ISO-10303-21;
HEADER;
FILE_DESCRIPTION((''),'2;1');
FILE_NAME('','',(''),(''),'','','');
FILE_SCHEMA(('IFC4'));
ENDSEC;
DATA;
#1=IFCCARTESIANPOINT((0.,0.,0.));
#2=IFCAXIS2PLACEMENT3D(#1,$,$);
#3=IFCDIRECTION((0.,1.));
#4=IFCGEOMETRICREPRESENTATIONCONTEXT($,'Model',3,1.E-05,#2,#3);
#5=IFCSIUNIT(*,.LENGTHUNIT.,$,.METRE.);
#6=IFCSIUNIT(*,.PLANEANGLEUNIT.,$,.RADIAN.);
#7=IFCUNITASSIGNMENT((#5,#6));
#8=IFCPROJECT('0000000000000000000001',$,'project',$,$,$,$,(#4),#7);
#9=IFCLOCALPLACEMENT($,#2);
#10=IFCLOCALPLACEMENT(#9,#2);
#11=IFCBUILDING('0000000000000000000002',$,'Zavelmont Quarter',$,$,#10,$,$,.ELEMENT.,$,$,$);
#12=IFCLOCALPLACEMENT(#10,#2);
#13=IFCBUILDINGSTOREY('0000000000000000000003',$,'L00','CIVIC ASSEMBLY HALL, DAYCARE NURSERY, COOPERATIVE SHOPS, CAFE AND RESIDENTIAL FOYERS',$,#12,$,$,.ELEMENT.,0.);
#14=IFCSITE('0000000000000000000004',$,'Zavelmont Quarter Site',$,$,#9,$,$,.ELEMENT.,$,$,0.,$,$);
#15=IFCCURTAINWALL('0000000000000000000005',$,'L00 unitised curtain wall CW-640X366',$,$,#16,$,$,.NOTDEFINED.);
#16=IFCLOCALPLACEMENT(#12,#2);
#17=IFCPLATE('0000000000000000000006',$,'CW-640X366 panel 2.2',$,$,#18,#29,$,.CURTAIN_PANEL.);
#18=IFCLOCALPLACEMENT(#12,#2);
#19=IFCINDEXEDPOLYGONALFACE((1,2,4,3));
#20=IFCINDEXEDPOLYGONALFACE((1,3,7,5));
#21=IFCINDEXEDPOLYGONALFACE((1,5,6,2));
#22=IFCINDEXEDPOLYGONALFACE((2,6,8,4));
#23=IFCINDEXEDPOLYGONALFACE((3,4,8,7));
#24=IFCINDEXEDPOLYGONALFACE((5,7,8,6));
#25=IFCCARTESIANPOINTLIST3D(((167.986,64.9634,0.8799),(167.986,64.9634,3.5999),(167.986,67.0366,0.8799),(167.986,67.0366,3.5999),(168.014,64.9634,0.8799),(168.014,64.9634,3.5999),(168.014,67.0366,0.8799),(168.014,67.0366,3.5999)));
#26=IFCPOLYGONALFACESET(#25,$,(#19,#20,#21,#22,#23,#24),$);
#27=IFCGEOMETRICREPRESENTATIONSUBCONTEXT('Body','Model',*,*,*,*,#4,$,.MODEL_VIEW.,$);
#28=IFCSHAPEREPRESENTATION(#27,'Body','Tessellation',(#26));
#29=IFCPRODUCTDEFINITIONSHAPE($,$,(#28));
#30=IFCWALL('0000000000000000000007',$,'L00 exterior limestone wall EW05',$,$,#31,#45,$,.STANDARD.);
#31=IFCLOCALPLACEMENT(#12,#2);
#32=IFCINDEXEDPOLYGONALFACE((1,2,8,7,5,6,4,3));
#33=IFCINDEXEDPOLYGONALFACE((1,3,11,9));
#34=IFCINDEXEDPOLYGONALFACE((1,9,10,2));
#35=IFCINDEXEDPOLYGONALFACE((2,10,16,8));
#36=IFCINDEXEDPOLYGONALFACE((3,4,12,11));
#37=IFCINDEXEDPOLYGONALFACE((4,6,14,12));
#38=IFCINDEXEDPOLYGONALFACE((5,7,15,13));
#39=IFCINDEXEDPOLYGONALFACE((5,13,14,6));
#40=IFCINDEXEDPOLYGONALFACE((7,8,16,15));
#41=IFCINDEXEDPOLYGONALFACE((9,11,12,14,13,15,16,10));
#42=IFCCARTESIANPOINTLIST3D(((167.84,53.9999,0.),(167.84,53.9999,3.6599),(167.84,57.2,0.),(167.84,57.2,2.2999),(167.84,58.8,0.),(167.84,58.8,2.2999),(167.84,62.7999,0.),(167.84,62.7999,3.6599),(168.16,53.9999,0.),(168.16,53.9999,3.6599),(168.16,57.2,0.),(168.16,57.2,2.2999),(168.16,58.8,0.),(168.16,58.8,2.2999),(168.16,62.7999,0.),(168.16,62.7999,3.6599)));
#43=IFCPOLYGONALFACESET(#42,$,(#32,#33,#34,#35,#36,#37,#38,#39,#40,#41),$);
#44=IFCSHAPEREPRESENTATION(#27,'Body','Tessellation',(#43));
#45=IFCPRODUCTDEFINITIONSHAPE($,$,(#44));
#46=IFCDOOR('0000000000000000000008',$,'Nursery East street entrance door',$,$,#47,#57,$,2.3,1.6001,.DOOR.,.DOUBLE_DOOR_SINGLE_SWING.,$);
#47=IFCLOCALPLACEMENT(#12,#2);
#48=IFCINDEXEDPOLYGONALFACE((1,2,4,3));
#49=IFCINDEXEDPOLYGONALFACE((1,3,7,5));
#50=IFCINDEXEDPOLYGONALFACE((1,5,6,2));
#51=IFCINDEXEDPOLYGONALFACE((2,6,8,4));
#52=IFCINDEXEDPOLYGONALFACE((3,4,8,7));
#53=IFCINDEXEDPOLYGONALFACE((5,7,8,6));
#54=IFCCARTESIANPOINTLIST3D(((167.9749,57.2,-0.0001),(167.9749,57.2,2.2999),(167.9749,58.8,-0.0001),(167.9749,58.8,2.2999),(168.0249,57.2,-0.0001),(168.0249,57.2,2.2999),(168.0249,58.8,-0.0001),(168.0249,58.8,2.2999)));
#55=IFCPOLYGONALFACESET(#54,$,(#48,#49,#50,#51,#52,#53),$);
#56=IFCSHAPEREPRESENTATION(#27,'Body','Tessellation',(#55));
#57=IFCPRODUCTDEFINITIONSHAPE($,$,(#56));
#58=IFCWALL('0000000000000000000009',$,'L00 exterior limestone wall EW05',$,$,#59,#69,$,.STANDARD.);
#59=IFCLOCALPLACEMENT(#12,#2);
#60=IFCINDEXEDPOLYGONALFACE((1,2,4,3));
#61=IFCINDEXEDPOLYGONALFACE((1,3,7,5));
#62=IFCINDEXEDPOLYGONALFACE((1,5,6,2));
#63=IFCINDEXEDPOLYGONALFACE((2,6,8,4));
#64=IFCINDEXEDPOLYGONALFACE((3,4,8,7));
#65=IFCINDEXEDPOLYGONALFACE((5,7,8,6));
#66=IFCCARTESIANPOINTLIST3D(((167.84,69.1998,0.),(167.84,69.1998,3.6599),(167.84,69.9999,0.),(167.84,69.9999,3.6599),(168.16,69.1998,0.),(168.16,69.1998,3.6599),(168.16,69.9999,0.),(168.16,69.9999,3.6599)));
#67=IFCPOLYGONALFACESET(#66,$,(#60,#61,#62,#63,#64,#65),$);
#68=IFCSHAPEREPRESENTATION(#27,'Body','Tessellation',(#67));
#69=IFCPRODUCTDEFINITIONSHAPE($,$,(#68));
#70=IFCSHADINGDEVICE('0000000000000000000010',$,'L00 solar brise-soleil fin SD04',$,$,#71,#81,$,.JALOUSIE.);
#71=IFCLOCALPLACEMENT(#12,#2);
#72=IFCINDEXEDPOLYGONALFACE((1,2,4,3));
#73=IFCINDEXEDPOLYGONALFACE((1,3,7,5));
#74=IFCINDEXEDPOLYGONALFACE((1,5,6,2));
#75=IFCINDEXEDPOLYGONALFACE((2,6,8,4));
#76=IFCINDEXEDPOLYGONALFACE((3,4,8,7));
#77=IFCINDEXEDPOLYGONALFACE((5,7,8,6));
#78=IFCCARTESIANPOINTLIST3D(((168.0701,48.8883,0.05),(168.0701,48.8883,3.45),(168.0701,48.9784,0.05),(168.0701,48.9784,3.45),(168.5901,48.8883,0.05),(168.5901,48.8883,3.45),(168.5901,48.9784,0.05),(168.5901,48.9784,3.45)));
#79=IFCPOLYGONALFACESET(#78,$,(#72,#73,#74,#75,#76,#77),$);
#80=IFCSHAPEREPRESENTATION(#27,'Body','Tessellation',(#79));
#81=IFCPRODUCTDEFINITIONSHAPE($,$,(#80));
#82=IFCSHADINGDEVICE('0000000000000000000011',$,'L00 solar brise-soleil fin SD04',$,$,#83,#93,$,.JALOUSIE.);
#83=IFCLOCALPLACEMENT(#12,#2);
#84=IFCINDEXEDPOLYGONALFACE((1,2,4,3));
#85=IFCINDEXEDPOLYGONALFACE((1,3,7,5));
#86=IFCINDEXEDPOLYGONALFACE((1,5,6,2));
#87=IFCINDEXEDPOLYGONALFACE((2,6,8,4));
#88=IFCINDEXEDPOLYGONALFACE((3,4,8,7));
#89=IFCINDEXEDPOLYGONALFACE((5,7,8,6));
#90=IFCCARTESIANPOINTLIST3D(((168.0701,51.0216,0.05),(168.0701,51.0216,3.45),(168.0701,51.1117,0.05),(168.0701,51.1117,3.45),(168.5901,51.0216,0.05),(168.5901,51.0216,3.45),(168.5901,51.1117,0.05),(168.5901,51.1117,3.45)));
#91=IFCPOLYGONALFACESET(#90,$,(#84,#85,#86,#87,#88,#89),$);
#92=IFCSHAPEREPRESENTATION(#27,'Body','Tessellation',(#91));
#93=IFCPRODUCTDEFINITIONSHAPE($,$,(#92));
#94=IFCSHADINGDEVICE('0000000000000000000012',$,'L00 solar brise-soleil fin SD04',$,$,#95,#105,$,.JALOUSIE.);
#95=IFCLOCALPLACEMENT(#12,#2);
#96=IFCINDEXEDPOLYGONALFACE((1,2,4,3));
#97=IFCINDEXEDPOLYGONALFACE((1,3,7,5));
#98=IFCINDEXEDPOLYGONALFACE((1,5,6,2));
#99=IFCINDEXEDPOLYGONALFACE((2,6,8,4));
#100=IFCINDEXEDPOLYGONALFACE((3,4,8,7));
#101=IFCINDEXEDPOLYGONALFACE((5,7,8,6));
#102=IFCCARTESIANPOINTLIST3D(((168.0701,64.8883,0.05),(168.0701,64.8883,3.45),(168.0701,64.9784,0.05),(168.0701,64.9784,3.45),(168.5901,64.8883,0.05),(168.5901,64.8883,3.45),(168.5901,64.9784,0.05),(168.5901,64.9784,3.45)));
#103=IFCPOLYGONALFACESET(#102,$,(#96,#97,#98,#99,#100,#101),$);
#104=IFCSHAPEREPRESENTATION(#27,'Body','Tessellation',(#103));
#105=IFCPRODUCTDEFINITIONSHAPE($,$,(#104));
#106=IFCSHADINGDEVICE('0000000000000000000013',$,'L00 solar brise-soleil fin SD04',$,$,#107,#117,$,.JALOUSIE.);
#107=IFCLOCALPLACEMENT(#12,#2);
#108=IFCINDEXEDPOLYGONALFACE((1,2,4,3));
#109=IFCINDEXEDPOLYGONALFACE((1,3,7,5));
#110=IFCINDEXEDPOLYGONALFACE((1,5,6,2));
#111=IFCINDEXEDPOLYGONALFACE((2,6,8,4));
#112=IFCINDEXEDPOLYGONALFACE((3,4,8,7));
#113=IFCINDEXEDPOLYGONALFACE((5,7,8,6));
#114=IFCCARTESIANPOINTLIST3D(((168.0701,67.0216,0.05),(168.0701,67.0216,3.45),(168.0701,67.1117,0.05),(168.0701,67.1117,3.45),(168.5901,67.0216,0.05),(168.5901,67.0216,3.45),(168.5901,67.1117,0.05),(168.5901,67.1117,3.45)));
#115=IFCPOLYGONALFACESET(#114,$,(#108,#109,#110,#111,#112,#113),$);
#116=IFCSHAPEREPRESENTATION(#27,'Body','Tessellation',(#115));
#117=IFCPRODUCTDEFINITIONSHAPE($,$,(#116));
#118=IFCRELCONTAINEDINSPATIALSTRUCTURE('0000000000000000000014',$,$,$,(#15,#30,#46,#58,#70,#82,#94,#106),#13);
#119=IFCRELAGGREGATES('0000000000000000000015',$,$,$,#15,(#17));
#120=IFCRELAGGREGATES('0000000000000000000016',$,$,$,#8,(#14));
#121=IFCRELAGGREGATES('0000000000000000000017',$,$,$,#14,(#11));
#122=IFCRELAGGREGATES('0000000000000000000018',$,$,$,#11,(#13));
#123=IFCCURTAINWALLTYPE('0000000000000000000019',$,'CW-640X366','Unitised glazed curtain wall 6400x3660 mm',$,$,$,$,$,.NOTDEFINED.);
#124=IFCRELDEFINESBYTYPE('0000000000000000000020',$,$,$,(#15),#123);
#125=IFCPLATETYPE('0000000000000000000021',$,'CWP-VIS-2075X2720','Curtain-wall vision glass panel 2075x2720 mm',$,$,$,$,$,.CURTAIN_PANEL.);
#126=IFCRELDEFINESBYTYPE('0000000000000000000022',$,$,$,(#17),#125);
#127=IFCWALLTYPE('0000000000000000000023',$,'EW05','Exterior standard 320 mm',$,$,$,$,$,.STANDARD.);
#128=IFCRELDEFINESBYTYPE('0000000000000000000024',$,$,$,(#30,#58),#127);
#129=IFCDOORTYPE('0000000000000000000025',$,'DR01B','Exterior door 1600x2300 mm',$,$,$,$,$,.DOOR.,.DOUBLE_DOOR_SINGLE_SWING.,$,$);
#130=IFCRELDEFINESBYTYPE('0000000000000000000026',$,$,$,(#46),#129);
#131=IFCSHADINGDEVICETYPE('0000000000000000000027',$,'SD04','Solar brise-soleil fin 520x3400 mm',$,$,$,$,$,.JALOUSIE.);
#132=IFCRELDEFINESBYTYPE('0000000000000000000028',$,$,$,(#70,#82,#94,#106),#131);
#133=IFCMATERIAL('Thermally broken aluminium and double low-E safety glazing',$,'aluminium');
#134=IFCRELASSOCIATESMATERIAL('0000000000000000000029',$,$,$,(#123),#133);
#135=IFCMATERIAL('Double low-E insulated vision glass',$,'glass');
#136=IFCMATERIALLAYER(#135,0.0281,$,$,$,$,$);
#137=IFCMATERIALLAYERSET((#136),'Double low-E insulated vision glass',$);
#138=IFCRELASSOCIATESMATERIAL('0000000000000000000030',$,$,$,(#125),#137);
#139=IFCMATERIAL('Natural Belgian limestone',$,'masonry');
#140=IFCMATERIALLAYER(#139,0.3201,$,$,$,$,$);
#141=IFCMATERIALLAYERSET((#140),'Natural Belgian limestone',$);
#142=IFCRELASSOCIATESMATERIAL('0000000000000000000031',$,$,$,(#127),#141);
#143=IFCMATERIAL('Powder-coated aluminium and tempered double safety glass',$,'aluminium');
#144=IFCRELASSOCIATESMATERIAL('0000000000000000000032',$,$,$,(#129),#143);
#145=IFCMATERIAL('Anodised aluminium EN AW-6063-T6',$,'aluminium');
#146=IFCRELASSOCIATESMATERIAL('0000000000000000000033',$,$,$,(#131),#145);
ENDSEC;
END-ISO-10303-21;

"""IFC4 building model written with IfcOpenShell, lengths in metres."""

from ifc_helpers import new_model, si_unit, direction, frame, frame_2d, origin, origin_2d, place, context, subcontext, project, spatial, rectangle, extrude, material, layer, layer_set, type_object, element, fill, aggregate, save


model = new_model("IFC4")

# Units and contexts
model_context = context("Model", 3, precision=1e-05, world=origin(), true_north=direction((0.0, 1.0)))
body_context = subcontext(model_context, "Body", "Model", "MODEL_VIEW")
ifc_project = project(units=[si_unit("LENGTHUNIT", "METRE"), si_unit("PLANEANGLEUNIT", "RADIAN")], contexts=[model_context])

# Site, building, storey
site_placement = place(None, origin())
site = spatial("IfcSite", under=ifc_project, at=site_placement, Name="Zavelmont Quarter Site", CompositionType="ELEMENT", RefElevation=0.0)
building_placement = place(site_placement, origin())
building = spatial("IfcBuilding", under=site, at=building_placement, Name="Zavelmont Quarter", CompositionType="ELEMENT")
storey_placement = place(building_placement, origin())
storey = spatial("IfcBuildingStorey", under=building, at=storey_placement, Name="L00", Description="CIVIC ASSEMBLY HALL, DAYCARE NURSERY, COOPERATIVE SHOPS, CAFE AND RESIDENTIAL FOYERS", CompositionType="ELEMENT", Elevation=0.0)

# Curtain wall, plate
ifc_material_1 = material(Name="Thermally broken aluminium and double low-E safety glazing", Category="aluminium")
curtain_wall_type = type_object("IfcCurtainWallType", Name="CW-640X366", Description="Unitised glazed curtain wall 6400x3660 mm", PredefinedType="NOTDEFINED", material=ifc_material_1)
curtain_wall_placement = place(storey_placement, origin())
curtain_wall = element("IfcCurtainWall", 1, at=curtain_wall_placement, inside=storey, type_object=curtain_wall_type, Name="L00 unitised curtain wall CW-640X366", PredefinedType="NOTDEFINED")
ifc_material_2 = material(Name="Double low-E insulated vision glass", Category="glass")
ifc_layer_1 = layer(ifc_material_2, 0.0281)
ifc_layer_set_1 = layer_set([ifc_layer_1], Name="Double low-E insulated vision glass")
plate_type_1 = type_object("IfcPlateType", Name="CWP-VIS-2075X2720", Description="Curtain-wall vision glass panel 2075x2720 mm", PredefinedType="CURTAIN_PANEL", material=ifc_layer_set_1)
plate_1_placement = place(storey_placement, frame((168.0, 66.0, 0.8799), z_axis=(0.0, 0.0, 1.0), x_axis=(0.0, 1.0, 0.0)))
plate_1 = element("IfcPlate", 2, at=plate_1_placement, type_object=plate_type_1, Name="CW-640X366 panel 2.2", PredefinedType="CURTAIN_PANEL", context=body_context, shape_type="SweptSolid", body=[
    extrude(rectangle(XDim=2.0732, YDim=0.0281, at=origin_2d()), origin(), (0.0, 0.0, 1.0), 2.72),
])
aggregate(curtain_wall, [plate_1])

# Wall, opening, door
ifc_material_3 = material(Name="Natural Belgian limestone", Category="masonry")
ifc_layer_2 = layer(ifc_material_3, 0.3201)
ifc_layer_set_2 = layer_set([ifc_layer_2], Name="Natural Belgian limestone")
wall_type = type_object("IfcWallType", Name="EW05", Description="Exterior standard 320 mm", PredefinedType="STANDARD", material=ifc_layer_set_2)
wall_1_placement = place(storey_placement, frame((168.0, 54.0, 0.0), z_axis=(0.0, 0.0, 1.0), x_axis=(0.0, 1.0, 0.0)))
wall_1 = element("IfcWall", 3, at=wall_1_placement, inside=storey, type_object=wall_type, Name="L00 exterior limestone wall EW05", PredefinedType="STANDARD", context=body_context, shape_type="SweptSolid", body=[
    extrude(rectangle(XDim=8.8, YDim=0.3201, at=frame_2d((4.3999, 0.0))), origin(), (0.0, 0.0, 1.0), 3.6599),
])
opening_placement = place(wall_1_placement, frame((3.2, 0.0, 0.0)))
opening = element("IfcOpeningElement", 4, at=opening_placement, cuts=wall_1, PredefinedType="OPENING", context=body_context, shape_type="SweptSolid", body=[
    extrude(rectangle(XDim=1.6001, YDim=2.3, at=frame_2d((0.8, 1.1499))), frame((0.0, 0.1719, 0.0), z_axis=(0.0, -1.0, 0.0), x_axis=(1.0, 0.0, 0.0)), (0.0, 0.0, 1.0), 0.344),
])
ifc_material_4 = material(Name="Powder-coated aluminium and tempered double safety glass", Category="aluminium")
door_type = type_object("IfcDoorType", Name="DR01B", Description="Exterior door 1600x2300 mm", OperationType="DOUBLE_DOOR_SINGLE_SWING", PredefinedType="DOOR", material=ifc_material_4)
door_placement = place(opening_placement, frame((1.6001, 0.0, 0.0), z_axis=(0.0, 0.0, 1.0), x_axis=(-1.0, 0.0, 0.0)))
door = element("IfcDoor", 5, at=door_placement, inside=storey, type_object=door_type, Name="Nursery East street entrance door", OperationType="DOUBLE_DOOR_SINGLE_SWING", OverallHeight=2.3, OverallWidth=1.6001, PredefinedType="DOOR", context=body_context, shape_type="SweptSolid", body=[
    extrude(rectangle(XDim=1.6001, YDim=2.3, at=frame_2d((0.8, 1.1499))), frame((0.0, 0.0249, 0.0), z_axis=(0.0, -1.0, 0.0), x_axis=(1.0, 0.0, 0.0)), (0.0, 0.0, 1.0), 0.05),
])
fill(opening, door)

# Wall
wall_2_placement = place(storey_placement, frame((168.0, 69.2, 0.0), z_axis=(0.0, 0.0, 1.0), x_axis=(0.0, 1.0, 0.0)))
element("IfcWall", 6, at=wall_2_placement, inside=storey, type_object=wall_type, Name="L00 exterior limestone wall EW05", PredefinedType="STANDARD", context=body_context, shape_type="SweptSolid", body=[
    extrude(rectangle(XDim=0.8, YDim=0.3201, at=frame_2d((0.3999, 0.0))), origin(), (0.0, 0.0, 1.0), 3.6599),
])

# Shading devices
ifc_material_5 = material(Name="Anodised aluminium EN AW-6063-T6", Category="aluminium")
shading_device_type = type_object("IfcShadingDeviceType", Name="SD04", Description="Solar brise-soleil fin 520x3400 mm", PredefinedType="JALOUSIE", material=ifc_material_5)
for number, where, z_axis, x_axis, name in (
    (7, (168.3301, 48.9333, 0.05), (0.0, 0.0, 1.0), (0.0, 1.0, 0.0), "L00 solar brise-soleil fin SD04"),
    (8, (168.3301, 51.0667, 0.05), (0.0, 0.0, 1.0), (0.0, 1.0, 0.0), "L00 solar brise-soleil fin SD04"),
    (9, (168.3301, 64.9333, 0.05), (0.0, 0.0, 1.0), (0.0, 1.0, 0.0), "L00 solar brise-soleil fin SD04"),
    (10, (168.3301, 67.0667, 0.05), (0.0, 0.0, 1.0), (0.0, 1.0, 0.0), "L00 solar brise-soleil fin SD04"),
):
    element("IfcShadingDevice", number, at=place(storey_placement, frame(where, z_axis=z_axis, x_axis=x_axis)), inside=storey, type_object=shading_device_type, Name=name, PredefinedType="JALOUSIE", context=body_context, shape_type="SweptSolid", body=[
        extrude(rectangle(XDim=0.0901, YDim=0.52, at=origin_2d()), origin(), (0.0, 0.0, 1.0), 3.3999),
    ])

save(model, "model.ifc")
